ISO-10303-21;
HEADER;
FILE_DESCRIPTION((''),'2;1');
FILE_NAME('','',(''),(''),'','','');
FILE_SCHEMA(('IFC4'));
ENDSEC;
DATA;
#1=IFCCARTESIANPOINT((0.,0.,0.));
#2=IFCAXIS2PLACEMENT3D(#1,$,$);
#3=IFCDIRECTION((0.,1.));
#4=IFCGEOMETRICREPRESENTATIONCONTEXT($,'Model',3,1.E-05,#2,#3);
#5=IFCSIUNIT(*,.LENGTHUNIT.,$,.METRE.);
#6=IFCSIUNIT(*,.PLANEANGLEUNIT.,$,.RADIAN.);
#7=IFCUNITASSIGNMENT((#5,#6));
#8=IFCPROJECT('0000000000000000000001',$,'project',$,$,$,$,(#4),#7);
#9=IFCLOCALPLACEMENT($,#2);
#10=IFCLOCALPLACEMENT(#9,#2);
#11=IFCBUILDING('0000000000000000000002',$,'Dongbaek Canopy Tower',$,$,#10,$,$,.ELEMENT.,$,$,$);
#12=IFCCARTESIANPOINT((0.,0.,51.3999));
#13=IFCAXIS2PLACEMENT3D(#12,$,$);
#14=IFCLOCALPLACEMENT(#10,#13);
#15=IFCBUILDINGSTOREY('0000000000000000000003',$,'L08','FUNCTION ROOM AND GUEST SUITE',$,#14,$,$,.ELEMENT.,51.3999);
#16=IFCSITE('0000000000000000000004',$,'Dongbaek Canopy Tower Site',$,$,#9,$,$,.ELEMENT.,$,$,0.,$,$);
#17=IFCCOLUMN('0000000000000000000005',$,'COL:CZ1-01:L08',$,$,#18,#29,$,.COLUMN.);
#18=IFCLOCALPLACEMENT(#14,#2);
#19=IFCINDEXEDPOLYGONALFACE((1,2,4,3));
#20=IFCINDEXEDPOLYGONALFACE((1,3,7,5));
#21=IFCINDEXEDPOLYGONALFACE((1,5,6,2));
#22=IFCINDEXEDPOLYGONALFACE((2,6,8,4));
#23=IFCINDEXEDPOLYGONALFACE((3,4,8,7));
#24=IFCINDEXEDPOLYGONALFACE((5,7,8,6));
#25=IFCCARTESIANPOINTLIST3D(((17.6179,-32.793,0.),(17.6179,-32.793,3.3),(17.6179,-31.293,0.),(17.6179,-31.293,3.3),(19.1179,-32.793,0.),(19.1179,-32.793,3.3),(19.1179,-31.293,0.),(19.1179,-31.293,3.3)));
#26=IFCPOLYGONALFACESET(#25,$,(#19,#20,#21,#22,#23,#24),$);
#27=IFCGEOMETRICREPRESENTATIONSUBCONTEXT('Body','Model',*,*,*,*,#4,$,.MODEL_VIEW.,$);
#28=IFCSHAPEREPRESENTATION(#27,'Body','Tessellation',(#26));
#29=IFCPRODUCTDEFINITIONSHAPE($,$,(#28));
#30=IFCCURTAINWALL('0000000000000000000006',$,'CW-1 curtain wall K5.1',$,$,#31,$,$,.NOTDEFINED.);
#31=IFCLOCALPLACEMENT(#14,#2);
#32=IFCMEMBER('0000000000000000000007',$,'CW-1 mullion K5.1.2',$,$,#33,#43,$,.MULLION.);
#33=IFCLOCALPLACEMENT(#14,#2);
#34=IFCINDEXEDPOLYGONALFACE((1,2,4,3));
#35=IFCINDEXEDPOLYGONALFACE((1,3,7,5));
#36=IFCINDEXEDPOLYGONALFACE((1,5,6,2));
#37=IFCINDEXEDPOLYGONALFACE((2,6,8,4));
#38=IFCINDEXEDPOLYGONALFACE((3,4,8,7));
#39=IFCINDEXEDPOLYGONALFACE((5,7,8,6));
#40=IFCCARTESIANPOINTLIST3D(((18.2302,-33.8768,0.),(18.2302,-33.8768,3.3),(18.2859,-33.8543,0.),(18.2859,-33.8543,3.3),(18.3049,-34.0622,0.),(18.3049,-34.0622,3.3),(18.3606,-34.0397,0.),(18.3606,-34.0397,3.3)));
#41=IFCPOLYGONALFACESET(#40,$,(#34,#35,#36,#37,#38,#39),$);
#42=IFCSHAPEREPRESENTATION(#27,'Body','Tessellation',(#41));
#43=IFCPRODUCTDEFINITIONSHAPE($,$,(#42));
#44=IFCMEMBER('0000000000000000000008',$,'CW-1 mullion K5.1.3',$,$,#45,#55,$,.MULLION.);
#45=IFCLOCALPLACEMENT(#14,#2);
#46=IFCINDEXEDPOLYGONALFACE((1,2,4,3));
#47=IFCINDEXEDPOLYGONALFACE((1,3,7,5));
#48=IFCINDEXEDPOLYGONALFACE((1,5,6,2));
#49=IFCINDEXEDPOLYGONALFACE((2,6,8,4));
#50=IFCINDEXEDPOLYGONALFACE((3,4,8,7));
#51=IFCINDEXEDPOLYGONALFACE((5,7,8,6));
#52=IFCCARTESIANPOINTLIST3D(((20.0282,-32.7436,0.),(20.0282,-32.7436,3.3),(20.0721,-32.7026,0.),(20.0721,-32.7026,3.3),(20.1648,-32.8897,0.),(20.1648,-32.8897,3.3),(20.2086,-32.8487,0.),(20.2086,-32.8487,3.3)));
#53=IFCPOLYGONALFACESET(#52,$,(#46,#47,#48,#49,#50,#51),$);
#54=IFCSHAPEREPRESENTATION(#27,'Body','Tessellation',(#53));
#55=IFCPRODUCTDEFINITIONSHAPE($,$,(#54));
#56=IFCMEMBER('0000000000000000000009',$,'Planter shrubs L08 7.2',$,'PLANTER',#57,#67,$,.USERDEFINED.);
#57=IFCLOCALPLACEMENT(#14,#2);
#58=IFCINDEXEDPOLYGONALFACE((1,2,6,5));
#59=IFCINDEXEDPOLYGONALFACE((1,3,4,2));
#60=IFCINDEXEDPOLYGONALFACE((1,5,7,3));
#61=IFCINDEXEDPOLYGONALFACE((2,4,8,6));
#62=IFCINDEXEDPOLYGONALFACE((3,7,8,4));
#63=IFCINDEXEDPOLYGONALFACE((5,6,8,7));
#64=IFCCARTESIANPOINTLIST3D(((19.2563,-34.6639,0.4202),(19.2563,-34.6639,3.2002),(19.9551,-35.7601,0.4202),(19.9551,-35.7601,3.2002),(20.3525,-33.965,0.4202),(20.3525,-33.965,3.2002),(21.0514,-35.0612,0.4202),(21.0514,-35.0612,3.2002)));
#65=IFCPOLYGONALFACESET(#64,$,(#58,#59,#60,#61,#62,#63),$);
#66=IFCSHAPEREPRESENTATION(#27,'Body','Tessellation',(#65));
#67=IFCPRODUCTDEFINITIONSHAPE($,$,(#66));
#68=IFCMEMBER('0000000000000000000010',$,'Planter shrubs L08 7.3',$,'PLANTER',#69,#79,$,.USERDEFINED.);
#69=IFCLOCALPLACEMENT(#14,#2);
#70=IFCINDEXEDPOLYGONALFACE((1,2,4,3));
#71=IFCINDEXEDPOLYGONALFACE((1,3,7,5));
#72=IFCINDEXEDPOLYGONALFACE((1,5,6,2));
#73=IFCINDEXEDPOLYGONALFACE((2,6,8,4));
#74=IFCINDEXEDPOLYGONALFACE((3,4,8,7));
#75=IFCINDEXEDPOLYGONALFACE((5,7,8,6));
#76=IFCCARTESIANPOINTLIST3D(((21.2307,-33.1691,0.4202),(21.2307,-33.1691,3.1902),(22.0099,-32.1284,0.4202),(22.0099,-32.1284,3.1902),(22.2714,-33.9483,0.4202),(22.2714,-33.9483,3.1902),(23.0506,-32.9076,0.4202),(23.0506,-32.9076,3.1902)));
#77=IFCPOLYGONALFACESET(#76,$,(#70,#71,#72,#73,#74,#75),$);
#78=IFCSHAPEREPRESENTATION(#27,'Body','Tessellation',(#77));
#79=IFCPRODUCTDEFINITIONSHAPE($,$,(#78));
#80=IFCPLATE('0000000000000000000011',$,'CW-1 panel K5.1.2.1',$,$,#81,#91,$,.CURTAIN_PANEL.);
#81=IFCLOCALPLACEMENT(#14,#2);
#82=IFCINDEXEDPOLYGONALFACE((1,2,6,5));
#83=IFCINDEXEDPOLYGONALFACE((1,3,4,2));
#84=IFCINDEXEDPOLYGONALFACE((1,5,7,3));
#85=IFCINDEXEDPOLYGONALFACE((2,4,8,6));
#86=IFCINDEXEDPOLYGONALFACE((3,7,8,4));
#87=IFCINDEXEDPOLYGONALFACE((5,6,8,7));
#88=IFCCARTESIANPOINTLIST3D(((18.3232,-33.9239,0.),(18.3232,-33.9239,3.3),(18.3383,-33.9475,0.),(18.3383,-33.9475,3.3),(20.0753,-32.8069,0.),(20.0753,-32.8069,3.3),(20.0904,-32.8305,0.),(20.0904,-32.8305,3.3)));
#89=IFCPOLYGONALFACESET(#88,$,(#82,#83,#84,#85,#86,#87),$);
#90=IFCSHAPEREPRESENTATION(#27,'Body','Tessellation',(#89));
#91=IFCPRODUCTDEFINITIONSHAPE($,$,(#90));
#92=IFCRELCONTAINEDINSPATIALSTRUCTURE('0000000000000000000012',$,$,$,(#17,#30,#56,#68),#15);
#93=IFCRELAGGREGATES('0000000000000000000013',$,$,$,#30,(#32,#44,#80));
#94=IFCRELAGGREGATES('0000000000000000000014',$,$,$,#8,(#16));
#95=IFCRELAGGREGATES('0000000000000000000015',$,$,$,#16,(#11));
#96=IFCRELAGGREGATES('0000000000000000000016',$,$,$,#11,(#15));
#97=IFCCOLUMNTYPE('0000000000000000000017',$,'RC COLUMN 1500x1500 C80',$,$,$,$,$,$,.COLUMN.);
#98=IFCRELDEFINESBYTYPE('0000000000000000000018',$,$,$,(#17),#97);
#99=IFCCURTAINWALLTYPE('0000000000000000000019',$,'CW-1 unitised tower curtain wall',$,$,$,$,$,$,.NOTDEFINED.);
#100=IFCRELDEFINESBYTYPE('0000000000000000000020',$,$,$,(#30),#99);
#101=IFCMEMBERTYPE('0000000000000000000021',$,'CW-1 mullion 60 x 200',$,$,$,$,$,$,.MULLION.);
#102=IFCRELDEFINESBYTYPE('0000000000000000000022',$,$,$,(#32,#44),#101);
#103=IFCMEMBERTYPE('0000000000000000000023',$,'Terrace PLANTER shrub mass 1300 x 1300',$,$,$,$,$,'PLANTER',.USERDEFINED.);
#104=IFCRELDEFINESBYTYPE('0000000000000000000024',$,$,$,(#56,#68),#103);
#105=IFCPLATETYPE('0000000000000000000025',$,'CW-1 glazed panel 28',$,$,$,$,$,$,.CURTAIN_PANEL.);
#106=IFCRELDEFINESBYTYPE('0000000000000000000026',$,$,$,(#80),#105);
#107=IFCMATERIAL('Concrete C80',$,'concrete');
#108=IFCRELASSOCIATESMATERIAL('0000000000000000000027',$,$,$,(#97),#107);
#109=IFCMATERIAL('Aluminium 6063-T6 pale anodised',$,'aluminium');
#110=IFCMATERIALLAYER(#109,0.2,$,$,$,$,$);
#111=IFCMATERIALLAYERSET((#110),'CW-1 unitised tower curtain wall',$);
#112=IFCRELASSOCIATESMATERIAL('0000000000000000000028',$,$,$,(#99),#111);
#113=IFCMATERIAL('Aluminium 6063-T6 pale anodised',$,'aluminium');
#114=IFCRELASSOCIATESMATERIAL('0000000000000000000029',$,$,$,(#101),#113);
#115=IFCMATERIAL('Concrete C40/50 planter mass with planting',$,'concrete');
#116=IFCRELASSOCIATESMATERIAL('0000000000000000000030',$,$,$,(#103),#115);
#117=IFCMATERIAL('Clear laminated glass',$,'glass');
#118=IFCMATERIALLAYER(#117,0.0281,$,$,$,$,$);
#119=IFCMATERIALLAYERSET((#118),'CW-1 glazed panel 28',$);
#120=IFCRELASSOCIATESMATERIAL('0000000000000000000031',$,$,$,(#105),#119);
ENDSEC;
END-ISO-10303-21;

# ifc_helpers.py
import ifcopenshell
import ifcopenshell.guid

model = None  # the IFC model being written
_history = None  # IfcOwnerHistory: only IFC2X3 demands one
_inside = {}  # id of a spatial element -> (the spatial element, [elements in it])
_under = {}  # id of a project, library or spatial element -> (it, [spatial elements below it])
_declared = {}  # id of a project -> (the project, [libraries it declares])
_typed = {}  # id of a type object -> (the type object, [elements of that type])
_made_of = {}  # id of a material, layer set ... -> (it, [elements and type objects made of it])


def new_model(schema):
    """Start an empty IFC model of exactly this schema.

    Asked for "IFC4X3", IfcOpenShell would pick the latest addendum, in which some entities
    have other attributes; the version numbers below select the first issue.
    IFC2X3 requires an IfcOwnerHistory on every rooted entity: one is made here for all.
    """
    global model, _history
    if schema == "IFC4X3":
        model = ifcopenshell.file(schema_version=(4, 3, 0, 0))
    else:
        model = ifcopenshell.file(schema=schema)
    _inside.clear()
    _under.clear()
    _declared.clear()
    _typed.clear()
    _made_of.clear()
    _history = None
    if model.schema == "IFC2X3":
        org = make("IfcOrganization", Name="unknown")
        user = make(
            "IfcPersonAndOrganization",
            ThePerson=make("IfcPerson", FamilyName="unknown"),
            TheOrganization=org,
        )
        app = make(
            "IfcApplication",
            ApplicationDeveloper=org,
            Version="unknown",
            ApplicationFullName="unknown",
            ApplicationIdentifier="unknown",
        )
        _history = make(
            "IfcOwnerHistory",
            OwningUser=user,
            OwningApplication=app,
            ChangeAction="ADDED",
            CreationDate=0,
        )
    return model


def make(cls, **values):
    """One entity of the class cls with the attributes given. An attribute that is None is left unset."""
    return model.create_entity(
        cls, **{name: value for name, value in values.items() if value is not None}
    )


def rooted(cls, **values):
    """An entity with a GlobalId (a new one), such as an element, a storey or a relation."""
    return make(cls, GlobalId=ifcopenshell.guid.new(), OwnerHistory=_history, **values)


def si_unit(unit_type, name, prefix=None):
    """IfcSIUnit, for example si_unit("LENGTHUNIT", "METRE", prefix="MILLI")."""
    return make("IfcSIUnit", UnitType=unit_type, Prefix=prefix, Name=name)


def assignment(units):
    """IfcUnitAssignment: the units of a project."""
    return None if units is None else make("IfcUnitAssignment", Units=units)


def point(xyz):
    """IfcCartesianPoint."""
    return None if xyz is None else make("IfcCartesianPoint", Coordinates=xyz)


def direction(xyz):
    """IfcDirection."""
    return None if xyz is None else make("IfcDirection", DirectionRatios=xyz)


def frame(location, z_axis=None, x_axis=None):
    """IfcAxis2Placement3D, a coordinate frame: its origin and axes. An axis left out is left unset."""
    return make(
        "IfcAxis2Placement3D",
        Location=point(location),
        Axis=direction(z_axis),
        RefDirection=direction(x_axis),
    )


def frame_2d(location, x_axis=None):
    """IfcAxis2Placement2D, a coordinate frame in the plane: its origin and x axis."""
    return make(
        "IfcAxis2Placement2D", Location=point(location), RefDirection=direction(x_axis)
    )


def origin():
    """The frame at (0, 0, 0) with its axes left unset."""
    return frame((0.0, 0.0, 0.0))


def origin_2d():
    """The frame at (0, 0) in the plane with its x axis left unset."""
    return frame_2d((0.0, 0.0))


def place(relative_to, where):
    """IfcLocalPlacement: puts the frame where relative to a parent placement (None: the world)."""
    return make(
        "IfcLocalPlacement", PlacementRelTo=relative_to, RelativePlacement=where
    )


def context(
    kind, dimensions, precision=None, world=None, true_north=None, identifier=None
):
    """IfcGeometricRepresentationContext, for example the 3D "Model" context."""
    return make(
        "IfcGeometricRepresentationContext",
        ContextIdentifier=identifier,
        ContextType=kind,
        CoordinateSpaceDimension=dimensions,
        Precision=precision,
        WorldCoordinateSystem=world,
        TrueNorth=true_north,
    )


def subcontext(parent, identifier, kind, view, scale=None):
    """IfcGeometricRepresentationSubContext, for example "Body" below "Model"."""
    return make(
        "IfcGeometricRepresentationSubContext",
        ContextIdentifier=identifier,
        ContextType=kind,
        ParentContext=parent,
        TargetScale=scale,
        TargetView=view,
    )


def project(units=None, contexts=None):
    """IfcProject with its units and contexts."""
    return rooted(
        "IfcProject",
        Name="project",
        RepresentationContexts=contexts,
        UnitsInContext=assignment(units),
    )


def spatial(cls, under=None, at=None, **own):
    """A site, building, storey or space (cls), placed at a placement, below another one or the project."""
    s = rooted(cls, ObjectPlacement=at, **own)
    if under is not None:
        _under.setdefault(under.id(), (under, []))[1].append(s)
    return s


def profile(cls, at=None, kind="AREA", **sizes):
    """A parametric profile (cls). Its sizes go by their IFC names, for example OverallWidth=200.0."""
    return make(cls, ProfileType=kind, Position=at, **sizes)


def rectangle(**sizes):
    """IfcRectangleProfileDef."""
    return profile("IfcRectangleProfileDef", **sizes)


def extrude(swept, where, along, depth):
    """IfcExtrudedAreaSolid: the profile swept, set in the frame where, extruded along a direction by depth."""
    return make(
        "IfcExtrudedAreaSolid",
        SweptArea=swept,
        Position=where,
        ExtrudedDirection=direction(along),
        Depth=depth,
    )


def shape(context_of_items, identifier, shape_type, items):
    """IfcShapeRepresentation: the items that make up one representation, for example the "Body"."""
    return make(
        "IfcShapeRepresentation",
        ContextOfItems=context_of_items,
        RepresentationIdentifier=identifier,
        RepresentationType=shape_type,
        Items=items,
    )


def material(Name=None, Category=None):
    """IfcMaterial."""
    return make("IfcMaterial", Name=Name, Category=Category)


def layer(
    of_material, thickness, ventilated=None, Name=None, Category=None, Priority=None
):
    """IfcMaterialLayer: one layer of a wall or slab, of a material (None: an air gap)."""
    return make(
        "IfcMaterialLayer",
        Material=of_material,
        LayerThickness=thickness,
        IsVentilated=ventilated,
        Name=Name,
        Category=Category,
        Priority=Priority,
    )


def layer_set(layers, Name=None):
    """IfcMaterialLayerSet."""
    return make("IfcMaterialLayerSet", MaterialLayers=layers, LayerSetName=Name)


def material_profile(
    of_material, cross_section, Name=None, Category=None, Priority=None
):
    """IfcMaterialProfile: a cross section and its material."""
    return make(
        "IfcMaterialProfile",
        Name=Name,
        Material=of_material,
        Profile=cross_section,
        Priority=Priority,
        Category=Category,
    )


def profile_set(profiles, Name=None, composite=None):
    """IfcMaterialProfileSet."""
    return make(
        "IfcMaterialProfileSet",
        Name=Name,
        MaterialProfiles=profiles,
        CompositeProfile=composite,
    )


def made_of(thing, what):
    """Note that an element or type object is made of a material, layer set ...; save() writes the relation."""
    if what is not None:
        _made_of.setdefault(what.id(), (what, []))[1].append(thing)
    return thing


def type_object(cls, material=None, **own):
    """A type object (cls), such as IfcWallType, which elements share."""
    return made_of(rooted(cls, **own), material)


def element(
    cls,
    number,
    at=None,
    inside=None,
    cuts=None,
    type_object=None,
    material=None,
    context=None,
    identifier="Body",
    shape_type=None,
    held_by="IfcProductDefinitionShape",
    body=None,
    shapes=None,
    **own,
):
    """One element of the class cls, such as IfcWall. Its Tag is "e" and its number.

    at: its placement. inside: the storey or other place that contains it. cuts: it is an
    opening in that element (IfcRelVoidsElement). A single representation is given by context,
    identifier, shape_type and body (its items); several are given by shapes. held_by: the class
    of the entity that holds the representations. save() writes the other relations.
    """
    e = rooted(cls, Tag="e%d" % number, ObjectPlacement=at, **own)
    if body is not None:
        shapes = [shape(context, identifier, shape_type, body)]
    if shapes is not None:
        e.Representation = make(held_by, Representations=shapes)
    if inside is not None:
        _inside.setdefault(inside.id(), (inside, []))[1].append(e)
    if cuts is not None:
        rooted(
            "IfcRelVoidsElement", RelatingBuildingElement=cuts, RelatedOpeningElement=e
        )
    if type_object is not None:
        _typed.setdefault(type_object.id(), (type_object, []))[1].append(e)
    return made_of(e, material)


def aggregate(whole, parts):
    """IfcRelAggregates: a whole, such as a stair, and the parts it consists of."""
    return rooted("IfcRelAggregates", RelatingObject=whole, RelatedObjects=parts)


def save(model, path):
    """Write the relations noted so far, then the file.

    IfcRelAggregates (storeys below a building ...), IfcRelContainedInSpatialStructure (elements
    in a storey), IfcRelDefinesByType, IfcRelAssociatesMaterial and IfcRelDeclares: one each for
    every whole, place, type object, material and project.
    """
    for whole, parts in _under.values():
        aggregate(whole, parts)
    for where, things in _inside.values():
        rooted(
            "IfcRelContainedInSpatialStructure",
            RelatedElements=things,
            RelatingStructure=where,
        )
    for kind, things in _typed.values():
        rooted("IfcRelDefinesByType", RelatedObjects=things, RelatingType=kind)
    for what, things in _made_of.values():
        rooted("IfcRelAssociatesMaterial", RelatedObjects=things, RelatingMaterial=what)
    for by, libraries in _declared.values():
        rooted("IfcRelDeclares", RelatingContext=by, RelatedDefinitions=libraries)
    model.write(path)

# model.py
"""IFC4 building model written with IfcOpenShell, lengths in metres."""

from ifc_helpers import new_model, si_unit, direction, frame, origin, origin_2d, place, context, subcontext, project, spatial, rectangle, extrude, material, layer, layer_set, material_profile, profile_set, type_object, element, aggregate, save


model = new_model("IFC4")

# Units and contexts
model_context = context("Model", 3, precision=1e-05, world=origin(), true_north=direction((0.0, 1.0)))
body_context = subcontext(model_context, "Body", "Model", "MODEL_VIEW")
ifc_project = project(units=[si_unit("LENGTHUNIT", "METRE"), si_unit("PLANEANGLEUNIT", "RADIAN")], contexts=[model_context])

# Site, building, storey
site_placement = place(None, origin())
site = spatial("IfcSite", under=ifc_project, at=site_placement, Name="Dongbaek Canopy Tower Site", CompositionType="ELEMENT", RefElevation=0.0)
building_placement = place(site_placement, origin())
building = spatial("IfcBuilding", under=site, at=building_placement, Name="Dongbaek Canopy Tower", CompositionType="ELEMENT")
storey_placement = place(building_placement, frame((0.0, 0.0, 51.3999)))
storey = spatial("IfcBuildingStorey", under=building, at=storey_placement, Name="L08", Description="FUNCTION ROOM AND GUEST SUITE", CompositionType="ELEMENT", Elevation=51.3999)

# Column
ifc_material_1 = material(Name="Concrete C80", Category="concrete")
ifc_material_profile_1 = material_profile(ifc_material_1, rectangle(XDim=1.5, YDim=1.5, at=origin_2d()), Name="RC COLUMN 1500x1500 C80")
ifc_profile_set_1 = profile_set([ifc_material_profile_1], Name="Concrete C80")
column_type = type_object("IfcColumnType", Name="RC COLUMN 1500x1500 C80", PredefinedType="COLUMN", material=ifc_profile_set_1)
column_placement = place(storey_placement, frame((18.3679, -32.043, 0.0), z_axis=(0.0, 0.0, 1.0), x_axis=(1.0, 0.0, 0.0)))
element("IfcColumn", 1, at=column_placement, inside=storey, type_object=column_type, Name="COL:CZ1-01:L08", PredefinedType="COLUMN", context=body_context, shape_type="SweptSolid", body=[
    extrude(rectangle(XDim=1.5, YDim=1.5, at=origin_2d()), origin(), (0.0, 0.0, 1.0), 3.3),
])

# Curtain wall, members
ifc_material_2 = material(Name="Aluminium 6063-T6 pale anodised", Category="aluminium")
ifc_layer_1 = layer(ifc_material_2, 0.2)
ifc_layer_set_1 = layer_set([ifc_layer_1], Name="CW-1 unitised tower curtain wall")
curtain_wall_type = type_object("IfcCurtainWallType", Name="CW-1 unitised tower curtain wall", PredefinedType="NOTDEFINED", material=ifc_layer_set_1)
curtain_wall_placement = place(storey_placement, origin())
curtain_wall = element("IfcCurtainWall", 2, at=curtain_wall_placement, inside=storey, type_object=curtain_wall_type, Name="CW-1 curtain wall K5.1", PredefinedType="NOTDEFINED")
ifc_material_3 = material(Name="Aluminium 6063-T6 pale anodised", Category="aluminium")
ifc_material_profile_2 = material_profile(ifc_material_3, rectangle(XDim=0.2, YDim=0.0601, at=origin_2d()), Name="CW-1 mullion 60 x 200")
ifc_profile_set_2 = profile_set([ifc_material_profile_2], Name="Aluminium 6063-T6 pale anodised")
member_type_1 = type_object("IfcMemberType", Name="CW-1 mullion 60 x 200", PredefinedType="MULLION", material=ifc_profile_set_2)
member_1_placement = place(storey_placement, frame((18.2954, -33.9583, 0.0), z_axis=(0.0, 0.0, 1.0), x_axis=(0.373929, -0.927457, 0.0)))
member_1 = element("IfcMember", 3, at=member_1_placement, type_object=member_type_1, Name="CW-1 mullion K5.1.2", PredefinedType="MULLION", context=body_context, shape_type="SweptSolid", body=[
    extrude(rectangle(XDim=0.2, YDim=0.0601, at=origin_2d()), origin(), (0.0, 0.0, 1.0), 3.3),
])
member_2_placement = place(storey_placement, frame((20.1184, -32.7961, 0.0), z_axis=(0.0, 0.0, 1.0), x_axis=(0.683001, -0.730417, 0.0)))
member_2 = element("IfcMember", 4, at=member_2_placement, type_object=member_type_1, Name="CW-1 mullion K5.1.3", PredefinedType="MULLION", context=body_context, shape_type="SweptSolid", body=[
    extrude(rectangle(XDim=0.2, YDim=0.0601, at=origin_2d()), origin(), (0.0, 0.0, 1.0), 3.3),
])

# Members
ifc_material_4 = material(Name="Concrete C40/50 planter mass with planting", Category="concrete")
ifc_material_profile_3 = material_profile(ifc_material_4, rectangle(XDim=1.3, YDim=1.3, at=origin_2d()), Name="Terrace PLANTER shrub mass 1300 x 1300")
ifc_profile_set_3 = profile_set([ifc_material_profile_3], Name="Concrete C40/50 planter mass with planting")
member_type_2 = type_object("IfcMemberType", Name="Terrace PLANTER shrub mass 1300 x 1300", ElementType="PLANTER", PredefinedType="USERDEFINED", material=ifc_profile_set_3)
member_3_placement = place(storey_placement, frame((20.1538, -34.8625, 0.4202), z_axis=(0.0, 0.0, 1.0), x_axis=(0.53757, -0.843219, 0.0)))
element("IfcMember", 5, at=member_3_placement, inside=storey, type_object=member_type_2, Name="Planter shrubs L08 7.2", ObjectType="PLANTER", PredefinedType="USERDEFINED", context=body_context, shape_type="SweptSolid", body=[
    extrude(rectangle(XDim=1.3, YDim=1.3, at=origin_2d()), origin(), (0.0, 0.0, 1.0), 2.78),
])
member_4_placement = place(storey_placement, frame((22.1406, -33.0383, 0.4202), z_axis=(0.0, 0.0, 1.0), x_axis=(0.800497, -0.599337, 0.0)))
element("IfcMember", 6, at=member_4_placement, inside=storey, type_object=member_type_2, Name="Planter shrubs L08 7.3", ObjectType="PLANTER", PredefinedType="USERDEFINED", context=body_context, shape_type="SweptSolid", body=[
    extrude(rectangle(XDim=1.3, YDim=1.3, at=origin_2d()), origin(), (0.0, 0.0, 1.0), 2.77),
])

# Plate
ifc_material_5 = material(Name="Clear laminated glass", Category="glass")
ifc_layer_2 = layer(ifc_material_5, 0.0281)
ifc_layer_set_2 = layer_set([ifc_layer_2], Name="CW-1 glazed panel 28")
plate_type = type_object("IfcPlateType", Name="CW-1 glazed panel 28", PredefinedType="CURTAIN_PANEL", material=ifc_layer_set_2)
plate_placement = place(storey_placement, frame((19.2068, -33.3772, 0.0), z_axis=(0.0, 0.0, 1.0), x_axis=(0.843219, 0.53757, 0.0)))
plate = element("IfcPlate", 7, at=plate_placement, type_object=plate_type, Name="CW-1 panel K5.1.2.1", PredefinedType="CURTAIN_PANEL", context=body_context, shape_type="SweptSolid", body=[
    extrude(rectangle(XDim=2.0779, YDim=0.0281, at=origin_2d()), origin(), (0.0, 0.0, 1.0), 3.3),
])
aggregate(curtain_wall, [member_1, member_2, plate])

save(model, "model.ifc")
